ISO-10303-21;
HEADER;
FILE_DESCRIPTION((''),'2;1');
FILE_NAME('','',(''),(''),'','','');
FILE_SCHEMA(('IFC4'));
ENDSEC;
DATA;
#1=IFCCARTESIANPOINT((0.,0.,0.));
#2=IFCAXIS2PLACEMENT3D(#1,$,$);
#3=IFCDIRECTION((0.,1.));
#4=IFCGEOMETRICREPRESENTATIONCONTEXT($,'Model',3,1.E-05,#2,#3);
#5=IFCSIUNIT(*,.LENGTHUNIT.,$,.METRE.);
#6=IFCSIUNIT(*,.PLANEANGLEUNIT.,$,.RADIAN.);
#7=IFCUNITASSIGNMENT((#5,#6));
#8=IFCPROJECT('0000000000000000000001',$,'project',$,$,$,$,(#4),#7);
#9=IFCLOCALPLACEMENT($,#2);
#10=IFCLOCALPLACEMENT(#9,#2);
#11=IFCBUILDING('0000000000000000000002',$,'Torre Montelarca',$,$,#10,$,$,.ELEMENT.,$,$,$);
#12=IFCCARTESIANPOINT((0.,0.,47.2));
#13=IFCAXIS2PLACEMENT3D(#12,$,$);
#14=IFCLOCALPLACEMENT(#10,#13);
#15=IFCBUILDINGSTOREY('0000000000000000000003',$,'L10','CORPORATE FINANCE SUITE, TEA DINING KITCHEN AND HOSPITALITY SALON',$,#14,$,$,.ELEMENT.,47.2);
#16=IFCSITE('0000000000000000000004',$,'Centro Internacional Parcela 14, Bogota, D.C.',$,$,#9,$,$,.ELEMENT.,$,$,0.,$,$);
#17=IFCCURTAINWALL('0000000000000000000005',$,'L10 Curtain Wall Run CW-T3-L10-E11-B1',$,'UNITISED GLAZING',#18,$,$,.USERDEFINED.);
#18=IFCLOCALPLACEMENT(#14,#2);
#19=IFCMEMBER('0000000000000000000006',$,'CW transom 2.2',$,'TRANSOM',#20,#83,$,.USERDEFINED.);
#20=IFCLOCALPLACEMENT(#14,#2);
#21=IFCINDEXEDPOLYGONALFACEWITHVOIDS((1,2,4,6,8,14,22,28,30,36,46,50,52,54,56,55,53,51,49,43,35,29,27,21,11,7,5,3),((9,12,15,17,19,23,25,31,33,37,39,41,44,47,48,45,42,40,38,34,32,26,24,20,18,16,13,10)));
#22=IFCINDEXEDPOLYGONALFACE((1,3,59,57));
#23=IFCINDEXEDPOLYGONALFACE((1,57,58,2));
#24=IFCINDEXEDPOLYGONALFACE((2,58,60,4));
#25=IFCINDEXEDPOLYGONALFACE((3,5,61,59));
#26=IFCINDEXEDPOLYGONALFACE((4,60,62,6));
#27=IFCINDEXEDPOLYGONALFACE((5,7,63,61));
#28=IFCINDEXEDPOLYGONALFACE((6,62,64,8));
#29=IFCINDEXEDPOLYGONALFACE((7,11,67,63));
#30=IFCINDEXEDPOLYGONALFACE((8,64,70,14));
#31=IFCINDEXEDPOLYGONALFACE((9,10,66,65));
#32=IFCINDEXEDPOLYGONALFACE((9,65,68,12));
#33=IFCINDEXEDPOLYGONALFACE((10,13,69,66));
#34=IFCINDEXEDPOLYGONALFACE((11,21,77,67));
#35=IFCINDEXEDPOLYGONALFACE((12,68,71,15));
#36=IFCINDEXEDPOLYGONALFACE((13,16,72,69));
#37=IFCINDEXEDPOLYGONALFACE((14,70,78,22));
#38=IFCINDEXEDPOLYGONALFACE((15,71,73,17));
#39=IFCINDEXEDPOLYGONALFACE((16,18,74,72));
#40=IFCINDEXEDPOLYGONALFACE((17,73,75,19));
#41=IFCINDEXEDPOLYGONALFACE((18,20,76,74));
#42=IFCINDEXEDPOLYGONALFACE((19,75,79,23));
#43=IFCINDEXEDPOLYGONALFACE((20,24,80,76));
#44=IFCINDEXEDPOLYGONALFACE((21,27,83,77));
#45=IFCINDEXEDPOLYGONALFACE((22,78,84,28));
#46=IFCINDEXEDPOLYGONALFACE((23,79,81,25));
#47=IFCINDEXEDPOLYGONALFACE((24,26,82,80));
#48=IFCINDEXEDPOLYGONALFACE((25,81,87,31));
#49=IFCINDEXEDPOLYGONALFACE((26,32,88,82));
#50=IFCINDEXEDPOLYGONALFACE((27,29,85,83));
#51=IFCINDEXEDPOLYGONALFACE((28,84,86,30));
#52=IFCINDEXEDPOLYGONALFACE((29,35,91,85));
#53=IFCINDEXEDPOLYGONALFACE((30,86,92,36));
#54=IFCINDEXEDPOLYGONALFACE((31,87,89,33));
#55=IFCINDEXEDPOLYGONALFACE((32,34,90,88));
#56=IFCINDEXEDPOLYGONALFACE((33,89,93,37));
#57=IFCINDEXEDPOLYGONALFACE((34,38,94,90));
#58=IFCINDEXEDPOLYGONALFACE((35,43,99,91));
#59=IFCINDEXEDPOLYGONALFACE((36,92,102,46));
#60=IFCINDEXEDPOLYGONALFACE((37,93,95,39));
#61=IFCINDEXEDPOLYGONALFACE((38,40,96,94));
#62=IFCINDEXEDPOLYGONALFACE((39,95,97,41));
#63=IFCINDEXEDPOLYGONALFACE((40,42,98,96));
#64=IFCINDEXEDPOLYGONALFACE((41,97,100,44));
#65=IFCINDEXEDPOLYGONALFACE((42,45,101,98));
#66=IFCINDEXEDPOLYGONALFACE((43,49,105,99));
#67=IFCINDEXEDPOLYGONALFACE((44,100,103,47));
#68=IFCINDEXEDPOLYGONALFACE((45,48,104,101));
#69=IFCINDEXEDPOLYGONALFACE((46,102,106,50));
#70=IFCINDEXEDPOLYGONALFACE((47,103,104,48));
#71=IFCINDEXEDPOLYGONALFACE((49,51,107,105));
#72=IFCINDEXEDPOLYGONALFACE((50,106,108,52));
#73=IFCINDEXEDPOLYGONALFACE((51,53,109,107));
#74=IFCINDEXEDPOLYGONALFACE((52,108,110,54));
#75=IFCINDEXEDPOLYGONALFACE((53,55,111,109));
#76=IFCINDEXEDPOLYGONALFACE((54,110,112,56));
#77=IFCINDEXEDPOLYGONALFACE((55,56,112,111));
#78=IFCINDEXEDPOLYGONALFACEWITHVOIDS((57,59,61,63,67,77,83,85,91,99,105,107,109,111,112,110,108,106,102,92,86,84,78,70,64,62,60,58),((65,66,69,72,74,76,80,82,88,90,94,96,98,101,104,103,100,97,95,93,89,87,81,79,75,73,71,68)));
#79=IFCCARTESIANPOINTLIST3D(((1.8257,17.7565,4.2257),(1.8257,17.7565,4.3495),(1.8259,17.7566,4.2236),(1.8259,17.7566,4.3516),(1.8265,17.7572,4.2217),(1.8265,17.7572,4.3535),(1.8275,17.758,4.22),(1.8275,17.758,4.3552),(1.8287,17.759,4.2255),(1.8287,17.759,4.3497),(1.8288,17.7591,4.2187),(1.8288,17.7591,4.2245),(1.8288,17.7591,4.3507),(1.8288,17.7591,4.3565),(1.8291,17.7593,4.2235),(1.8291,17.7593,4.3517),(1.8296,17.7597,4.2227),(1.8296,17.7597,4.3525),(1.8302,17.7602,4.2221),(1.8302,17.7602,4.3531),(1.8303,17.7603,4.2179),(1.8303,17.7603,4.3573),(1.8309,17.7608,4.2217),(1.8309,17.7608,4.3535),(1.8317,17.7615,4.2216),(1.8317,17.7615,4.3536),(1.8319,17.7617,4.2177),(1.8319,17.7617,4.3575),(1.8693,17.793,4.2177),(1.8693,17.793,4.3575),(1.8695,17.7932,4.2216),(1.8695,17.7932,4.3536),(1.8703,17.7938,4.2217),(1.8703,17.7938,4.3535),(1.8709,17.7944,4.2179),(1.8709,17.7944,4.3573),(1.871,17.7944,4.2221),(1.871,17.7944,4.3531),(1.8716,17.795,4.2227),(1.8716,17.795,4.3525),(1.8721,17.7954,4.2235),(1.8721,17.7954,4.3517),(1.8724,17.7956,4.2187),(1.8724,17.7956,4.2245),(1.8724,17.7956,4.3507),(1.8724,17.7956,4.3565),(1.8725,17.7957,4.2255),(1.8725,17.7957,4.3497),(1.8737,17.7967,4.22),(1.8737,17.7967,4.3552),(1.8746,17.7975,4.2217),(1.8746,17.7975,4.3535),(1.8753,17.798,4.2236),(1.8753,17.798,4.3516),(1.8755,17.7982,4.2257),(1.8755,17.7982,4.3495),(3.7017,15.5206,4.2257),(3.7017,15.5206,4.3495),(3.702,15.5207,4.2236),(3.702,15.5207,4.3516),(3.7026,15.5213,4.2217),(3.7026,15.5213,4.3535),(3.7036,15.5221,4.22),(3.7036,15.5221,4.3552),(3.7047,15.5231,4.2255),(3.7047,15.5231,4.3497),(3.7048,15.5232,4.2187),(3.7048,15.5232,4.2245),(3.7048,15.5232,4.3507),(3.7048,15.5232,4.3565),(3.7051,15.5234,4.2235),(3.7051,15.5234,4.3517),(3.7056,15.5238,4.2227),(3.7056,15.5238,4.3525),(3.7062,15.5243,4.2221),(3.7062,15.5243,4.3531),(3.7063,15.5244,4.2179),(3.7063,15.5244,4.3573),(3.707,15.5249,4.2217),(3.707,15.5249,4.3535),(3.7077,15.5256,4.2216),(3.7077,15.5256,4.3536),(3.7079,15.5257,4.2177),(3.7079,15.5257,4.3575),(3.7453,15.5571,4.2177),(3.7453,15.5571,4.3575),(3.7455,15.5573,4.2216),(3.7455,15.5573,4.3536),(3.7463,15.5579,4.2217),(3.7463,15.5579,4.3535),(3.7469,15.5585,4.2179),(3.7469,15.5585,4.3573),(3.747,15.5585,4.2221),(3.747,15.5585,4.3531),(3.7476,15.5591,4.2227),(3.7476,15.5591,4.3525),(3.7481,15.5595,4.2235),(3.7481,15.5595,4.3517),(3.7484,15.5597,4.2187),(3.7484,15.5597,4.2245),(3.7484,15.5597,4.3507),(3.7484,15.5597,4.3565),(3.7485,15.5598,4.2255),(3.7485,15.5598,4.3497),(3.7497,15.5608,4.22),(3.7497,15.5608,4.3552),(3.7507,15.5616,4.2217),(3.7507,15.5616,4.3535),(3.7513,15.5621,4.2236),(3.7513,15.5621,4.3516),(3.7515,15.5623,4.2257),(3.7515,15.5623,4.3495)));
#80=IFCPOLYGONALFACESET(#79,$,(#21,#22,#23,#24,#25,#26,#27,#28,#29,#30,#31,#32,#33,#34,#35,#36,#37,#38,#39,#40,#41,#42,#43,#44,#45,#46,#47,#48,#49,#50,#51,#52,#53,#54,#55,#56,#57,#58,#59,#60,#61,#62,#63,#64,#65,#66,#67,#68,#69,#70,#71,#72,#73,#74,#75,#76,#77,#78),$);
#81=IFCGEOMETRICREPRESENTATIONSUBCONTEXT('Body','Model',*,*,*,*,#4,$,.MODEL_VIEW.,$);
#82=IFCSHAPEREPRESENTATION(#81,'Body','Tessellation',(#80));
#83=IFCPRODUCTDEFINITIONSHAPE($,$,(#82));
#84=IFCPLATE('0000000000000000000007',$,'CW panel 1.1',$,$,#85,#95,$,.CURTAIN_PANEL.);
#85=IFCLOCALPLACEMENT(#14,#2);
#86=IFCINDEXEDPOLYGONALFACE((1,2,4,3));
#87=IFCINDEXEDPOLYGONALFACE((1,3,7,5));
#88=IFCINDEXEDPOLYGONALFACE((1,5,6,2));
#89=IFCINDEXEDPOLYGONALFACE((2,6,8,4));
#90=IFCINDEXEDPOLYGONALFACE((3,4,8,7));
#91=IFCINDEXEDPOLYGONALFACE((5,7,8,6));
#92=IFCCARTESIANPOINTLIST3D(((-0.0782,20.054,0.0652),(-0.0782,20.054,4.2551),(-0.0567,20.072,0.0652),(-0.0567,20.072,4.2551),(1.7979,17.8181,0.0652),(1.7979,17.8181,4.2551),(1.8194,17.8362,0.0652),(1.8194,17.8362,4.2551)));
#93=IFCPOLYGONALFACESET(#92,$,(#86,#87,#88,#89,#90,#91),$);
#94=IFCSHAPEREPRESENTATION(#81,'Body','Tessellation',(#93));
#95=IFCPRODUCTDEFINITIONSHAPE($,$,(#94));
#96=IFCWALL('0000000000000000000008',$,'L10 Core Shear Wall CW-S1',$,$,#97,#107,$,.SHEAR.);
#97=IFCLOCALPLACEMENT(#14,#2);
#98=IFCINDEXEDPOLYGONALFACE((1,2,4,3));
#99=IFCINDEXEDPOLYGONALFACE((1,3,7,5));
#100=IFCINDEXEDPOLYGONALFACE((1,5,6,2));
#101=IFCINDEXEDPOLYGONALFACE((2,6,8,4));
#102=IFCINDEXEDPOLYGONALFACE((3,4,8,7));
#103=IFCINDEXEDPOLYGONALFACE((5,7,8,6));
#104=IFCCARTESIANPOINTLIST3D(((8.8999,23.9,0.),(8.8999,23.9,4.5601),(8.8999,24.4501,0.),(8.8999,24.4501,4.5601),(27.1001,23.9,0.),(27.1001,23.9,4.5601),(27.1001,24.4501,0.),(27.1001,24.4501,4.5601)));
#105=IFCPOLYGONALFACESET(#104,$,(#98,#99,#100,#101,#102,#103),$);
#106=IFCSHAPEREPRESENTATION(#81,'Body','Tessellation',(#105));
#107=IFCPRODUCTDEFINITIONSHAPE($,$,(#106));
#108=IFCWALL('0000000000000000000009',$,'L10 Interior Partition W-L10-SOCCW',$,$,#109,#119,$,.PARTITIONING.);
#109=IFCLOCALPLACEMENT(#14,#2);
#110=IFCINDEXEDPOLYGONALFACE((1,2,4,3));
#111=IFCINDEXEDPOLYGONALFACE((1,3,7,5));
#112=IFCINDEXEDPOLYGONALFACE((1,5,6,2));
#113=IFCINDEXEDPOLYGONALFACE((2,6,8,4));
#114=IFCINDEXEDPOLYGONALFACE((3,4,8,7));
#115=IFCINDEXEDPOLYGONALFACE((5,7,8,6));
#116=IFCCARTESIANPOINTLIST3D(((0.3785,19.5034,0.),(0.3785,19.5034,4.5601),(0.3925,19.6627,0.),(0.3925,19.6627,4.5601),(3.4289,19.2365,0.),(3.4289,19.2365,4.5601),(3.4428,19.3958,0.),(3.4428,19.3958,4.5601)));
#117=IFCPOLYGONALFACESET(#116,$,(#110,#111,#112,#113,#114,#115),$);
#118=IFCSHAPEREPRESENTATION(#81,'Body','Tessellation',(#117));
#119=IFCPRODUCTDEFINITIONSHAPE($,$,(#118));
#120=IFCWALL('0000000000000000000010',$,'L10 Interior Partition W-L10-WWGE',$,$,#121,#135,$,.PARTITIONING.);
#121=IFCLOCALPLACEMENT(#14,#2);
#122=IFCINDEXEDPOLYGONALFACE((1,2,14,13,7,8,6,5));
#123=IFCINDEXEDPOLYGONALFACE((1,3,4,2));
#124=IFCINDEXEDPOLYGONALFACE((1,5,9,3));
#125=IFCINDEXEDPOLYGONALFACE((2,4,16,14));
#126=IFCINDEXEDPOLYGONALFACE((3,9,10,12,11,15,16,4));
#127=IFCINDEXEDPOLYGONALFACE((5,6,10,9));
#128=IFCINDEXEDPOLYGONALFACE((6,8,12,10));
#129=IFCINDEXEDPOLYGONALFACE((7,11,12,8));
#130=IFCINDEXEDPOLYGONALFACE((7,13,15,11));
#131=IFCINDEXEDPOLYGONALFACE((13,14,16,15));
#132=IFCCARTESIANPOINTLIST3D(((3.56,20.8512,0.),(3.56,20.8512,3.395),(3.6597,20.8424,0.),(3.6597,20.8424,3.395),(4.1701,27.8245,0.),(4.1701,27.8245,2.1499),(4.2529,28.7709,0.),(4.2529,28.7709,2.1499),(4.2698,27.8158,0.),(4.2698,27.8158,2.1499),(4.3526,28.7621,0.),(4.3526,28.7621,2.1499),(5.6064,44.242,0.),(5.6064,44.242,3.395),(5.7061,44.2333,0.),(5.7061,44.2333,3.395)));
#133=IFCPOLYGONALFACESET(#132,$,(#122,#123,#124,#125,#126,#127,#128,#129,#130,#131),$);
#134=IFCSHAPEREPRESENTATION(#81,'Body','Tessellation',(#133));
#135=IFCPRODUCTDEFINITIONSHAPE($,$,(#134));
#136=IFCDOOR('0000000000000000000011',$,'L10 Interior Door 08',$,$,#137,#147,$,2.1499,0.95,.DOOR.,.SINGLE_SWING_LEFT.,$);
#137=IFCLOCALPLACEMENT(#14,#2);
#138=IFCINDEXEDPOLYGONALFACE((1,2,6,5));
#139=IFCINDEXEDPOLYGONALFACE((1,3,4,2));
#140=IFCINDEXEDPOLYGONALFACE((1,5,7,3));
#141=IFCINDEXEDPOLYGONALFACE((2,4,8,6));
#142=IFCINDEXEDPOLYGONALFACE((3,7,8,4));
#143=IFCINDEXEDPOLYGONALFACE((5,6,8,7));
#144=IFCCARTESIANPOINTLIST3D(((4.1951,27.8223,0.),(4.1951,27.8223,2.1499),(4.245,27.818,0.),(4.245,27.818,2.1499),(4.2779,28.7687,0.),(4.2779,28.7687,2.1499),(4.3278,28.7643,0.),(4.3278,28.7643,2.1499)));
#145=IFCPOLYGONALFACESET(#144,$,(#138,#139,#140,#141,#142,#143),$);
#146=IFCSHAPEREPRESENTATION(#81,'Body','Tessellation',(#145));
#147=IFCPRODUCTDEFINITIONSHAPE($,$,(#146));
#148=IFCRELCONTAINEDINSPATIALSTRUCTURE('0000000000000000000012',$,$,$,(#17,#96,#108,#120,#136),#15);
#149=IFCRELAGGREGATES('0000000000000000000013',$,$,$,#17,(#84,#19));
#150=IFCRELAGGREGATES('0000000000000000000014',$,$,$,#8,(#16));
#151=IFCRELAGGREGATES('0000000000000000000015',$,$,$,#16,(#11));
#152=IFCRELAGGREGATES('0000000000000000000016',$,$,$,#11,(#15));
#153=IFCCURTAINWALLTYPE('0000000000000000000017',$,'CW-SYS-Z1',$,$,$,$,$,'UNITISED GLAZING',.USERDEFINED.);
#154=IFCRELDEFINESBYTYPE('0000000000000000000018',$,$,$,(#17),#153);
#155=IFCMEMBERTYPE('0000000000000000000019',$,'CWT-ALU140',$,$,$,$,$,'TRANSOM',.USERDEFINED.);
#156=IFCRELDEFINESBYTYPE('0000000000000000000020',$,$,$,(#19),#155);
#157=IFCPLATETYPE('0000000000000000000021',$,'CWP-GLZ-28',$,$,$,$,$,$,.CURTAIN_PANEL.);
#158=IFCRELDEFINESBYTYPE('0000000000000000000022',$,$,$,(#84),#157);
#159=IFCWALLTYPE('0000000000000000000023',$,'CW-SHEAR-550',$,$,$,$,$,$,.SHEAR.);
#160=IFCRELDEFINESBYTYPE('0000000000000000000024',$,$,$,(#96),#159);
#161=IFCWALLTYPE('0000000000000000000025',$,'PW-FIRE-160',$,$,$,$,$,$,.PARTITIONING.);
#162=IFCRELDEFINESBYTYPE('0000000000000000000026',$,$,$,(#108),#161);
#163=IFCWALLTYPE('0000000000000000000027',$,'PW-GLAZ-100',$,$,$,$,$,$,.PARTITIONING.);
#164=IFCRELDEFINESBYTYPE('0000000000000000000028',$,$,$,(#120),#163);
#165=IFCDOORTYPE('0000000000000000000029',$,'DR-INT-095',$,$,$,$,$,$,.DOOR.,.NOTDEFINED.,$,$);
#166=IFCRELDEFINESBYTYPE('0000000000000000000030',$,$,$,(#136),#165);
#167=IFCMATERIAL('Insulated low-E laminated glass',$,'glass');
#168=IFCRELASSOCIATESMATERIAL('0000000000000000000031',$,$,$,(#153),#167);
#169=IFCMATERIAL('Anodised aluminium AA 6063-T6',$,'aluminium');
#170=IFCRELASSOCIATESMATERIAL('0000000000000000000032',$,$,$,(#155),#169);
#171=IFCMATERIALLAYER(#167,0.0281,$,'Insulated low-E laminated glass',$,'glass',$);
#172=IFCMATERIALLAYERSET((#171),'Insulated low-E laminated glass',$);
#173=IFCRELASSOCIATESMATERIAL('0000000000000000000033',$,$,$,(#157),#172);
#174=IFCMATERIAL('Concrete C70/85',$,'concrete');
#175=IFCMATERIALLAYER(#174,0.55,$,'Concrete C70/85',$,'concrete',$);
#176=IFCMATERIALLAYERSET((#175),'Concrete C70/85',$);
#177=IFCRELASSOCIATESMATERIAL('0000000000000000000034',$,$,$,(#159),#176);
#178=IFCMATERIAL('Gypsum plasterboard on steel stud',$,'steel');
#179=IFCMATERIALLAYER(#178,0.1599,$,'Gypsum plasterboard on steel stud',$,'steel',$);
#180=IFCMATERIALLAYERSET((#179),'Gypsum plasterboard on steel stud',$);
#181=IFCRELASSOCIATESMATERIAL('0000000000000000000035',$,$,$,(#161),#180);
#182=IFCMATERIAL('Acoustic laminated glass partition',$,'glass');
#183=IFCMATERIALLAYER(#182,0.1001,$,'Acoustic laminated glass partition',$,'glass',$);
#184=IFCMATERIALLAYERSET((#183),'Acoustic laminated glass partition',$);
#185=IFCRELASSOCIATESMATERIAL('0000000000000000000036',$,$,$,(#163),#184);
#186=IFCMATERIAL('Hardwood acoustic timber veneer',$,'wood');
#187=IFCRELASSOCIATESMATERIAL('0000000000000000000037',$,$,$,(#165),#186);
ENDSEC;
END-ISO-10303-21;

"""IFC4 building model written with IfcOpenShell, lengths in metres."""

from ifc_helpers import new_model, si_unit, direction, frame, frame_2d, origin, origin_2d, place, context, subcontext, project, spatial, rectangle, hollow_rectangle, extrude, source, transform, mapped, material, layer, layer_set, material_profile, profile_set, type_object, element, fill, aggregate, save


model = new_model("IFC4")

# Units and contexts
model_context = context("Model", 3, precision=1e-05, world=origin(), true_north=direction((0.0, 1.0)))
body_context = subcontext(model_context, "Body", "Model", "MODEL_VIEW")
ifc_project = project(units=[si_unit("LENGTHUNIT", "METRE"), si_unit("PLANEANGLEUNIT", "RADIAN")], contexts=[model_context])

# Site, building, storey
site_placement = place(None, origin())
site = spatial("IfcSite", under=ifc_project, at=site_placement, Name="Centro Internacional Parcela 14, Bogota, D.C.", CompositionType="ELEMENT", RefElevation=0.0)
building_placement = place(site_placement, origin())
building = spatial("IfcBuilding", under=site, at=building_placement, Name="Torre Montelarca", CompositionType="ELEMENT")
storey_placement = place(building_placement, frame((0.0, 0.0, 47.2)))
storey = spatial("IfcBuildingStorey", under=building, at=storey_placement, Name="L10", Description="CORPORATE FINANCE SUITE, TEA DINING KITCHEN AND HOSPITALITY SALON", CompositionType="ELEMENT", Elevation=47.2)

# Shared definitions
ifc_material_1 = material(Name="Concrete C70/85", Category="concrete")

# Shared definitions
ifc_material_2 = material(Name="Insulated low-E laminated glass", Category="glass")
curtain_wall_type = type_object("IfcCurtainWallType", Name="CW-SYS-Z1", ElementType="UNITISED GLAZING", PredefinedType="USERDEFINED", material=ifc_material_2)
ifc_material_3 = material(Name="Anodised aluminium AA 6063-T6", Category="aluminium")

# Curtain wall, member, plate
curtain_wall_1_placement = place(storey_placement, origin())
curtain_wall_1 = element("IfcCurtainWall", 1, at=curtain_wall_1_placement, inside=storey, type_object=curtain_wall_type, Name="L10 Curtain Wall Run CW-T3-L10-E11-B1", ObjectType="UNITISED GLAZING", PredefinedType="USERDEFINED")
ifc_material_profile_1 = material_profile(ifc_material_3, hollow_rectangle(XDim=0.0649, YDim=0.1399, WallThickness=0.0039, InnerFilletRadius=0.0039, OuterFilletRadius=0.0081, at=origin_2d()), Name="ALU65X140X4", Category="aluminium")
ifc_profile_set_1 = profile_set([ifc_material_profile_1], Name="Anodised aluminium AA 6063-T6")
member_type_1 = type_object("IfcMemberType", Name="CWT-ALU140", ElementType="TRANSOM", PredefinedType="USERDEFINED", material=ifc_profile_set_1)
shared_shape_1 = source(origin(), body_context, "Body", "SweptSolid", [
    extrude(hollow_rectangle(XDim=0.0649, YDim=0.1399, WallThickness=0.0039, InnerFilletRadius=0.0039, OuterFilletRadius=0.0081, at=origin_2d()), origin(), (0.0, 0.0, 1.0), 2.9187),
])
member_1_placement = place(storey_placement, frame((1.8506, 17.7773, 4.2876), z_axis=(0.642764, -0.766064, 0.0), x_axis=(0.766064, 0.642764, 0.0)))
member_1 = element("IfcMember", 2, at=member_1_placement, type_object=member_type_1, Name="CW transom 2.2", ObjectType="TRANSOM", PredefinedType="USERDEFINED", context=body_context, shape_type="MappedRepresentation", body=[
    mapped(shared_shape_1, transform((0.0, 0.0, 0.0), scale=1.0)),
])
ifc_layer_1 = layer(ifc_material_2, 0.0281, Name="Insulated low-E laminated glass", Category="glass")
ifc_layer_set_1 = layer_set([ifc_layer_1], Name="Insulated low-E laminated glass")
plate_type = type_object("IfcPlateType", Name="CWP-GLZ-28", PredefinedType="CURTAIN_PANEL", material=ifc_layer_set_1)
shared_shape_2 = source(origin(), body_context, "Body", "SweptSolid", [
    extrude(rectangle(XDim=2.9187, YDim=0.0281, at=origin_2d()), origin(), (0.0, 0.0, 1.0), 4.1899),
])
plate_placement = place(storey_placement, frame((0.8706, 18.9451, 0.0652), z_axis=(0.0, 0.0, 1.0), x_axis=(0.64279, -0.766043, 0.0)))
plate = element("IfcPlate", 3, at=plate_placement, type_object=plate_type, Name="CW panel 1.1", PredefinedType="CURTAIN_PANEL", context=body_context, shape_type="MappedRepresentation", body=[
    mapped(shared_shape_2, transform((0.0, 0.0, 0.0), scale=1.0)),
])
aggregate(curtain_wall_1, [plate, member_1])

# Walls
ifc_layer_2 = layer(ifc_material_1, 0.55, Name="Concrete C70/85", Category="concrete")
ifc_layer_set_2 = layer_set([ifc_layer_2], Name="Concrete C70/85")
wall_type_1 = type_object("IfcWallType", Name="CW-SHEAR-550", PredefinedType="SHEAR", material=ifc_layer_set_2)
wall_1_placement = place(storey_placement, frame((8.8999, 24.175, 0.0), z_axis=(0.0, 0.0, 1.0), x_axis=(1.0, 0.0, 0.0)))
element("IfcWall", 4, at=wall_1_placement, inside=storey, type_object=wall_type_1, Name="L10 Core Shear Wall CW-S1", PredefinedType="SHEAR", context=body_context, shape_type="SweptSolid", body=[
    extrude(rectangle(XDim=18.2002, YDim=0.55, at=frame_2d((9.1001, 0.0))), origin(), (0.0, 0.0, 1.0), 4.5601),
])
ifc_material_4 = material(Name="Gypsum plasterboard on steel stud", Category="steel")
ifc_layer_3 = layer(ifc_material_4, 0.1599, Name="Gypsum plasterboard on steel stud", Category="steel")
ifc_layer_set_3 = layer_set([ifc_layer_3], Name="Gypsum plasterboard on steel stud")
wall_type_2 = type_object("IfcWallType", Name="PW-FIRE-160", PredefinedType="PARTITIONING", material=ifc_layer_set_3)
wall_2_placement = place(storey_placement, frame((0.3855, 19.583, 0.0), z_axis=(0.0, 0.0, 1.0), x_axis=(0.996195, -0.087149, 0.0)))
element("IfcWall", 5, at=wall_2_placement, inside=storey, type_object=wall_type_2, Name="L10 Interior Partition W-L10-SOCCW", PredefinedType="PARTITIONING", context=body_context, shape_type="SweptSolid", body=[
    extrude(rectangle(XDim=3.062, YDim=0.1599, at=frame_2d((1.531, 0.0))), origin(), (0.0, 0.0, 1.0), 4.5601),
])

# Wall, opening, door
ifc_material_5 = material(Name="Acoustic laminated glass partition", Category="glass")
ifc_layer_4 = layer(ifc_material_5, 0.1001, Name="Acoustic laminated glass partition", Category="glass")
ifc_layer_set_4 = layer_set([ifc_layer_4], Name="Acoustic laminated glass partition")
wall_type_3 = type_object("IfcWallType", Name="PW-GLAZ-100", PredefinedType="PARTITIONING", material=ifc_layer_set_4)
wall_3_placement = place(storey_placement, frame((3.6099, 20.8467, 0.0), z_axis=(0.0, 0.0, 1.0), x_axis=(0.087154, 0.996195, 0.0)))
wall_3 = element("IfcWall", 6, at=wall_3_placement, inside=storey, type_object=wall_type_3, Name="L10 Interior Partition W-L10-WWGE", PredefinedType="PARTITIONING", context=body_context, shape_type="SweptSolid", body=[
    extrude(rectangle(XDim=23.4802, YDim=0.1001, at=frame_2d((11.7402, 0.0))), origin(), (0.0, 0.0, 1.0), 3.395),
])
opening_1_placement = place(wall_3_placement, frame((7.0, 0.0, 0.0)))
opening_1 = element("IfcOpeningElement", 7, at=opening_1_placement, cuts=wall_3, PredefinedType="OPENING", context=body_context, shape_type="SweptSolid", body=[
    extrude(rectangle(XDim=0.95, YDim=2.1499, at=frame_2d((0.4751, 1.075))), frame((0.0, 0.0601, 0.0), z_axis=(0.0, -1.0, 0.0), x_axis=(1.0, 0.0, 0.0)), (0.0, 0.0, 1.0), 0.1201),
])
ifc_material_6 = material(Name="Hardwood acoustic timber veneer", Category="wood")
door_type_1 = type_object("IfcDoorType", Name="DR-INT-095", OperationType="NOTDEFINED", PredefinedType="DOOR", material=ifc_material_6)
shared_shape_3 = source(origin(), body_context, "Body", "SweptSolid", [
    extrude(rectangle(XDim=0.95, YDim=2.1499, at=frame_2d((0.4751, 1.075))), frame((0.0, 0.0249, 0.0), z_axis=(0.0, -1.0, 0.0), x_axis=(1.0, 0.0, 0.0)), (0.0, 0.0, 1.0), 0.05),
])
door_1_placement = place(opening_1_placement, origin())
door_1 = element("IfcDoor", 8, at=door_1_placement, inside=storey, type_object=door_type_1, Name="L10 Interior Door 08", OperationType="SINGLE_SWING_LEFT", OverallHeight=2.1499, OverallWidth=0.95, PredefinedType="DOOR", context=body_context, shape_type="MappedRepresentation", body=[
    mapped(shared_shape_3, transform((0.0, 0.0, 0.0), scale=1.0)),
])
fill(opening_1, door_1)

save(model, "model.ifc")
